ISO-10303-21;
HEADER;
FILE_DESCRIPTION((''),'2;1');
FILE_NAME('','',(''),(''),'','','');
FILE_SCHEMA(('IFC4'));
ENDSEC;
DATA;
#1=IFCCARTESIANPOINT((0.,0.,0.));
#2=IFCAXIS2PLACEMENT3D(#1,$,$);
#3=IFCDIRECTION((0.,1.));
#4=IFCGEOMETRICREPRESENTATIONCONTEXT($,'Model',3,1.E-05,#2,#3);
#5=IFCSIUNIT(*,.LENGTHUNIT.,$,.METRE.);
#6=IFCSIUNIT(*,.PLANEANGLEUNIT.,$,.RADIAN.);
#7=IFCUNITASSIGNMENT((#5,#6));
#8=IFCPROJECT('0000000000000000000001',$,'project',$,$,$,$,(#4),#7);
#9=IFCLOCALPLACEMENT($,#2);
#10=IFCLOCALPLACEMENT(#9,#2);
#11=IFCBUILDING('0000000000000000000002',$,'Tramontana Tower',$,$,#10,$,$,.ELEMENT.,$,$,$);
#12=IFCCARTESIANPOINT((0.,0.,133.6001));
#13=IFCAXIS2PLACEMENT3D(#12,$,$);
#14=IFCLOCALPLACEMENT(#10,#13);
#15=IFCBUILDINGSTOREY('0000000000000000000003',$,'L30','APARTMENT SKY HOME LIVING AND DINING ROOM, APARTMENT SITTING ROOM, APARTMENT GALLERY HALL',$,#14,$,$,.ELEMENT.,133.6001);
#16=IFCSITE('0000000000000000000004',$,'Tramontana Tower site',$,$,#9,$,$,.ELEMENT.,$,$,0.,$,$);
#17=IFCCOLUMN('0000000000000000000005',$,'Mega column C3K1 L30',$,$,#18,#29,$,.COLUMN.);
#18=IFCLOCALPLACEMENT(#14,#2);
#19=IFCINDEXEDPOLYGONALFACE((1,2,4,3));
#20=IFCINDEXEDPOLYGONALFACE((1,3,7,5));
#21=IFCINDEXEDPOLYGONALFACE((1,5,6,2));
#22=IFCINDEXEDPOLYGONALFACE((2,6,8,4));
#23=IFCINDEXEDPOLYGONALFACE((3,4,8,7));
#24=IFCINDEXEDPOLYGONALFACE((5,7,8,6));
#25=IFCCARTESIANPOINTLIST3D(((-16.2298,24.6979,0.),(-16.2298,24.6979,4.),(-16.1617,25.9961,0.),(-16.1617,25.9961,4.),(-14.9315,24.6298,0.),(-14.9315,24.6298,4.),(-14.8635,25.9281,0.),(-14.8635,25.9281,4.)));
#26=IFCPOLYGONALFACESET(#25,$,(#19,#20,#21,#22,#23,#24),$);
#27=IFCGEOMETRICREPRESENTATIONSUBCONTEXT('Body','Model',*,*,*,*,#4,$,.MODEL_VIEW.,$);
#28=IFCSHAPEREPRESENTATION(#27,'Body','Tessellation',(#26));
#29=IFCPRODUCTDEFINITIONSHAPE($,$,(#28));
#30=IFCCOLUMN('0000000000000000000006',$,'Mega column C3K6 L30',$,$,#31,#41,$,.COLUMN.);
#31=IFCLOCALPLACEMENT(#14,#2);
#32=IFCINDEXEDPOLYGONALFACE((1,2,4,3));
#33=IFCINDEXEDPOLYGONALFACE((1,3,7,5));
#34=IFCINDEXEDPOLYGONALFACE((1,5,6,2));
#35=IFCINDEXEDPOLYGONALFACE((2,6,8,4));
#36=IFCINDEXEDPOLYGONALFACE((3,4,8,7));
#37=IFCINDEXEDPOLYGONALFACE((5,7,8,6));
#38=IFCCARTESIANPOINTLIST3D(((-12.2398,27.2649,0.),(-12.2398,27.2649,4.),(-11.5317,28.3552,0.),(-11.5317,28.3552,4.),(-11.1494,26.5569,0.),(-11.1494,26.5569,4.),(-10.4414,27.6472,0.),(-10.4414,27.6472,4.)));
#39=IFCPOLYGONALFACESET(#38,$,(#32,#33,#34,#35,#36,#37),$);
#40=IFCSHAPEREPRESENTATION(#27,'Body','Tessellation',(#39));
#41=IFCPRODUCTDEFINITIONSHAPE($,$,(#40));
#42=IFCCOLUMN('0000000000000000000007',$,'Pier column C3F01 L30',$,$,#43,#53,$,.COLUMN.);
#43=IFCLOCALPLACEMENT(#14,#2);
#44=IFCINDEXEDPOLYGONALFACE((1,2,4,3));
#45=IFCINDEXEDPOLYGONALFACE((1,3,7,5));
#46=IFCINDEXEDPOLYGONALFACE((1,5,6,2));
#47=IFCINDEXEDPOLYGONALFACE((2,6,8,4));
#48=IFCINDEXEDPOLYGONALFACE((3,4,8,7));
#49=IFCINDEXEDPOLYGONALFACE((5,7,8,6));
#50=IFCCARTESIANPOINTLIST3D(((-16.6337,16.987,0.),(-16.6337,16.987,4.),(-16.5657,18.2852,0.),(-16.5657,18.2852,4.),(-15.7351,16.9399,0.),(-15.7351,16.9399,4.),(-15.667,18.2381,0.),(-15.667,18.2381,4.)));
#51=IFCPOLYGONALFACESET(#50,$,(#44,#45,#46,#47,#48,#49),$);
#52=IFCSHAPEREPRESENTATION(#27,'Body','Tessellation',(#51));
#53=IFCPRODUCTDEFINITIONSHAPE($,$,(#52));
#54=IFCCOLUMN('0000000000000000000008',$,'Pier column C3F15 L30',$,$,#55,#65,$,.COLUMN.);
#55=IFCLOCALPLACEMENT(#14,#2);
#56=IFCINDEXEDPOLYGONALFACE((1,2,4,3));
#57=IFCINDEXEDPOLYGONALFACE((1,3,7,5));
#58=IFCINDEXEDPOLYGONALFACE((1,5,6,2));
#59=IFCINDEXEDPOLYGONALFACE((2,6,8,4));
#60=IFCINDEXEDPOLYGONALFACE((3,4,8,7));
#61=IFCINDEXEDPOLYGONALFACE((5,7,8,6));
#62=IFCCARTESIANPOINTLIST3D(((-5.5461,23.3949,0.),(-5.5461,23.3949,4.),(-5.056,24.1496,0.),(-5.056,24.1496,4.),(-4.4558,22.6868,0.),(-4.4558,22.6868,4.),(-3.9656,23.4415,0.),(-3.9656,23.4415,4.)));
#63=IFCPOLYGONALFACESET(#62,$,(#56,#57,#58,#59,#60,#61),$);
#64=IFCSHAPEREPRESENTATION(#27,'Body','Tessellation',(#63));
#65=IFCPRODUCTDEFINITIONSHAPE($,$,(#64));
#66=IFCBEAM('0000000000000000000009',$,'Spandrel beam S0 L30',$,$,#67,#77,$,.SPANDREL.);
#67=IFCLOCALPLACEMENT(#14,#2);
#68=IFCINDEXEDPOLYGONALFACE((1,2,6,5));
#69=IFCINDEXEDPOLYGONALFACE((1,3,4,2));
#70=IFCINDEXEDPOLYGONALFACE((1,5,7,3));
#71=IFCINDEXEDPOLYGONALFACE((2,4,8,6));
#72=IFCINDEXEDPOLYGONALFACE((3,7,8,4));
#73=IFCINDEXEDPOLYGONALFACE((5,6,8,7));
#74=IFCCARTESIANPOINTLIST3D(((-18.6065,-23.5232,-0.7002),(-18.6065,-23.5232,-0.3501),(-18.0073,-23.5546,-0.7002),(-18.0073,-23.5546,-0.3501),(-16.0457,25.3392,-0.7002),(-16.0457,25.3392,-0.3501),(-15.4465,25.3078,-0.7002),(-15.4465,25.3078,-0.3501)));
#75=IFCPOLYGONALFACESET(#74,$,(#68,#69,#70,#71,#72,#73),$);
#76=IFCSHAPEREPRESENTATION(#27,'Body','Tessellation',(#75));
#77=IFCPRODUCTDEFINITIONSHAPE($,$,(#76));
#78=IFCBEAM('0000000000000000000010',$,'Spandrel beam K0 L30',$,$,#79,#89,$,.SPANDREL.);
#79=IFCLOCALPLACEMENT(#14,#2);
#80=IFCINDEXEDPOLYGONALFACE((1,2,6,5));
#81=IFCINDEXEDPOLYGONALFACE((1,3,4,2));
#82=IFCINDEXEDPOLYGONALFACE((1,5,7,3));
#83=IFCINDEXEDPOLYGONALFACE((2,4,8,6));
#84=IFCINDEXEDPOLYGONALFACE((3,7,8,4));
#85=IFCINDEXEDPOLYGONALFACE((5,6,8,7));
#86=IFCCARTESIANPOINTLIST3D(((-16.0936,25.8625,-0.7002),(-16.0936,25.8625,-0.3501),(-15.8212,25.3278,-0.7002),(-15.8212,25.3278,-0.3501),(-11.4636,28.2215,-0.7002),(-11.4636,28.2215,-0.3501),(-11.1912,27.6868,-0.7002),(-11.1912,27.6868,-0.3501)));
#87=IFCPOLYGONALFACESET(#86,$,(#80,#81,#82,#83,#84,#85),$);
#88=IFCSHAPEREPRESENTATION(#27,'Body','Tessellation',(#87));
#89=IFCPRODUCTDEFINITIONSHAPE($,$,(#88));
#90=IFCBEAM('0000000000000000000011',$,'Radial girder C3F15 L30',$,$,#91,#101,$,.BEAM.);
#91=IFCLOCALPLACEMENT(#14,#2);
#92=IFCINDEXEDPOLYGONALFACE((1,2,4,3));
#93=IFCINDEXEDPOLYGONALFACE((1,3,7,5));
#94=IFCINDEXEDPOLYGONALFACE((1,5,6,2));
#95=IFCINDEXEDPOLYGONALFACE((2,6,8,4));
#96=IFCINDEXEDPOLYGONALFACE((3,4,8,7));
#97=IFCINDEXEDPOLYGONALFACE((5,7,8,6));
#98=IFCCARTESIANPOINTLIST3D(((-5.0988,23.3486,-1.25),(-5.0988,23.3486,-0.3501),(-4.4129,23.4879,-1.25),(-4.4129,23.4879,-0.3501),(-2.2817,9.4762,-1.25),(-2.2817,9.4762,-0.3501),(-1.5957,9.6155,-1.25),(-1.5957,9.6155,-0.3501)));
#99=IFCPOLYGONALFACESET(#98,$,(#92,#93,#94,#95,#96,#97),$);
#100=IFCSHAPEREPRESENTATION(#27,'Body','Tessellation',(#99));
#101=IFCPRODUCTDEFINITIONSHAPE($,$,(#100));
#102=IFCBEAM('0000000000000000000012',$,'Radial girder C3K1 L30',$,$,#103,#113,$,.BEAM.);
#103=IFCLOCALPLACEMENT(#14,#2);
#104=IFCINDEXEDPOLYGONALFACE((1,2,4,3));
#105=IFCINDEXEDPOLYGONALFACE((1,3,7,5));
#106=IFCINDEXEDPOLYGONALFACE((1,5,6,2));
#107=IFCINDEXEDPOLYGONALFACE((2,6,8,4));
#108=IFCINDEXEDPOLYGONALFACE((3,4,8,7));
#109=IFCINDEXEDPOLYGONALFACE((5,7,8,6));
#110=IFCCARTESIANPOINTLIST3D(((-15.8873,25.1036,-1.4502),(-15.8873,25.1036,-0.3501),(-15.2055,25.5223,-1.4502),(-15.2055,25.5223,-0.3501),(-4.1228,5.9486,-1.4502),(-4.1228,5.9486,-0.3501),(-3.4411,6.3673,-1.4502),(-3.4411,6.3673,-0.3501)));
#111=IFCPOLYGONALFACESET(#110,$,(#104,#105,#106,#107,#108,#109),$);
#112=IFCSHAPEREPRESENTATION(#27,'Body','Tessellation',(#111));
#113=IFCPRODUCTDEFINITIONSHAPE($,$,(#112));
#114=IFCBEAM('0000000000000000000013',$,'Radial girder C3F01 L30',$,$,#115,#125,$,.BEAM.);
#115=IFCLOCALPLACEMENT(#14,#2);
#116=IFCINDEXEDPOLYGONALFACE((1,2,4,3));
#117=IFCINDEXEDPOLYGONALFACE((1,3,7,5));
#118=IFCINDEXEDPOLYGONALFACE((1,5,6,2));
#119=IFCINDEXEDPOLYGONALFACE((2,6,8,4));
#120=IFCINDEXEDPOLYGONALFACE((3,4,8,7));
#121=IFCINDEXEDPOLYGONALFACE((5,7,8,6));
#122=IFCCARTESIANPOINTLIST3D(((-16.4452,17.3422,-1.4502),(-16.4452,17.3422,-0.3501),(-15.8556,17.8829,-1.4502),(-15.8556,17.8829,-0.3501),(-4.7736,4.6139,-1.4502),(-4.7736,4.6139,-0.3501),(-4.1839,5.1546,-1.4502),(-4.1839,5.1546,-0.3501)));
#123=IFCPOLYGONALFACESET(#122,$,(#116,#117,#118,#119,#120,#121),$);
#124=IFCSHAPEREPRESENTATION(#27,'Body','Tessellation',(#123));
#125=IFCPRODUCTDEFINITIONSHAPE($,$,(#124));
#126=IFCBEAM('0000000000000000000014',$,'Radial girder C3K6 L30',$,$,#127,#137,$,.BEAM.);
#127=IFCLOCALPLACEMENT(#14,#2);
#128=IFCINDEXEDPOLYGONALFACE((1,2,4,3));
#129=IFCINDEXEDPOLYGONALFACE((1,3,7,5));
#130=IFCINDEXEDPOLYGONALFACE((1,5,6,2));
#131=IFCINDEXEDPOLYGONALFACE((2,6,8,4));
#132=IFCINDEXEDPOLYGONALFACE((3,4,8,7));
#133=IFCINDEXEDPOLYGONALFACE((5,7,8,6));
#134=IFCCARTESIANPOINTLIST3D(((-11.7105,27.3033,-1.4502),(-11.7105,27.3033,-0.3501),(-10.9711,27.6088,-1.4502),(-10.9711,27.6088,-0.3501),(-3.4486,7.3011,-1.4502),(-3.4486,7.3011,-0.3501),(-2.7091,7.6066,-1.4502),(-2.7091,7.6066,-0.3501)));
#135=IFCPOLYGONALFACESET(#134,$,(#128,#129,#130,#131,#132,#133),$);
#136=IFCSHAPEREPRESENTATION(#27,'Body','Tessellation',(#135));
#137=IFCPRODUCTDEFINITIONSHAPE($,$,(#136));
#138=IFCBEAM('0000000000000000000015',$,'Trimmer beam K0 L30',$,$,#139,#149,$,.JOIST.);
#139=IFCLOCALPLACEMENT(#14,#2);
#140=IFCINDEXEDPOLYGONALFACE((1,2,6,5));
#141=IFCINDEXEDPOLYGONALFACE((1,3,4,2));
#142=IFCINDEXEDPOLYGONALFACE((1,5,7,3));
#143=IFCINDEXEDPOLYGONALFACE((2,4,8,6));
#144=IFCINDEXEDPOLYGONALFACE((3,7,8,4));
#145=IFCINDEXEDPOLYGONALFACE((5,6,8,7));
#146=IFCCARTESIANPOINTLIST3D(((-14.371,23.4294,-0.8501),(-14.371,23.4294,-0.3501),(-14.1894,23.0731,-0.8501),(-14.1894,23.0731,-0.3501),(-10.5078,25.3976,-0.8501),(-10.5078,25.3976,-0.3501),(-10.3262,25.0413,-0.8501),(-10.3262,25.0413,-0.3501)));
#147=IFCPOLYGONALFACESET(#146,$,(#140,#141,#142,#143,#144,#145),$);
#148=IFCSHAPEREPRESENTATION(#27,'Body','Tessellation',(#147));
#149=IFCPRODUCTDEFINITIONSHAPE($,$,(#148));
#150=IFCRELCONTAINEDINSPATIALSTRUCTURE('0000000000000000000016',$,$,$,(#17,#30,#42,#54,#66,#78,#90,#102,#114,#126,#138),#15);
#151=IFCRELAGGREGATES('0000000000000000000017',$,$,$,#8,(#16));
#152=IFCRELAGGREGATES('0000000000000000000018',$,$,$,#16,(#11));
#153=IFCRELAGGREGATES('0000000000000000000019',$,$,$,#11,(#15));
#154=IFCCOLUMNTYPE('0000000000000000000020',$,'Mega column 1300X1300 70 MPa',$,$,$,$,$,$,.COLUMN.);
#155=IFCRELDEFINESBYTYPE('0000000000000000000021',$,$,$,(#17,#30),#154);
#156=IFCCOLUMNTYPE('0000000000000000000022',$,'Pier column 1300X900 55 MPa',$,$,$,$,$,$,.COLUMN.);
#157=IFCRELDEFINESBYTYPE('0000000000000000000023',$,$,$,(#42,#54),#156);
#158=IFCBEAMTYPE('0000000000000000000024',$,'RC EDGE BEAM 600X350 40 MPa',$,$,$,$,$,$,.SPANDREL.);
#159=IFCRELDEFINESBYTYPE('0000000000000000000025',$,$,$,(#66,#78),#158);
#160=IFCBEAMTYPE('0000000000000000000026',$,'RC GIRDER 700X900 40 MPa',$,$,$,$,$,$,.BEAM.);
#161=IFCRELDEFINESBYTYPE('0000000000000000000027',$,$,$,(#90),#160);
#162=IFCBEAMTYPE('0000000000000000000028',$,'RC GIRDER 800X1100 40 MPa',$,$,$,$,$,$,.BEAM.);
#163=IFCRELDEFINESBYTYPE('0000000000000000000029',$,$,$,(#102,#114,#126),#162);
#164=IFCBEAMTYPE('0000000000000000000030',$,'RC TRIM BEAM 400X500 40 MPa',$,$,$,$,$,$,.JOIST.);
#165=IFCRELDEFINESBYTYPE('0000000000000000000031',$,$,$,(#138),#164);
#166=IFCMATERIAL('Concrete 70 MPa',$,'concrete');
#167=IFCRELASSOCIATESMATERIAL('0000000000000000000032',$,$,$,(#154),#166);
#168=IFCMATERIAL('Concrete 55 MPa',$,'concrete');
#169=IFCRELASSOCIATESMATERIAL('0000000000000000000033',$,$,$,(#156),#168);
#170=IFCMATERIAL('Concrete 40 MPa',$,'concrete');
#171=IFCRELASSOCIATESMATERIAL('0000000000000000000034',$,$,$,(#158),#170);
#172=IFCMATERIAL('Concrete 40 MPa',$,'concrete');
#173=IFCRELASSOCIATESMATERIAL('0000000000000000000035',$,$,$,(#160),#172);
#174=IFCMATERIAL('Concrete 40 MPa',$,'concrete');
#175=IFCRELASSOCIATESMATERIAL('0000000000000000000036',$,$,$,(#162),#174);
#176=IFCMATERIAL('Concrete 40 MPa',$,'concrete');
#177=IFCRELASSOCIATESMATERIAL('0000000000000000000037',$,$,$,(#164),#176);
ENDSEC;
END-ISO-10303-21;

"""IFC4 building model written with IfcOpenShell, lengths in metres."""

from ifc_helpers import new_model, si_unit, direction, frame, origin, origin_2d, place, context, subcontext, project, spatial, rectangle, extrude, material, material_profile, profile_set, type_object, element, save


model = new_model("IFC4")

# Units and contexts
model_context = context("Model", 3, precision=1e-05, world=origin(), true_north=direction((0.0, 1.0)))
body_context = subcontext(model_context, "Body", "Model", "MODEL_VIEW")
ifc_project = project(units=[si_unit("LENGTHUNIT", "METRE"), si_unit("PLANEANGLEUNIT", "RADIAN")], contexts=[model_context])

# Site, building, storey
site_placement = place(None, origin())
site = spatial("IfcSite", under=ifc_project, at=site_placement, Name="Tramontana Tower site", CompositionType="ELEMENT", RefElevation=0.0)
building_placement = place(site_placement, origin())
building = spatial("IfcBuilding", under=site, at=building_placement, Name="Tramontana Tower", CompositionType="ELEMENT")
storey_placement = place(building_placement, frame((0.0, 0.0, 133.6001)))
storey = spatial("IfcBuildingStorey", under=building, at=storey_placement, Name="L30", Description="APARTMENT SKY HOME LIVING AND DINING ROOM, APARTMENT SITTING ROOM, APARTMENT GALLERY HALL", CompositionType="ELEMENT", Elevation=133.6001)

# Columns
ifc_material_1 = material(Name="Concrete 70 MPa", Category="concrete")
ifc_material_profile_1 = material_profile(ifc_material_1, rectangle(XDim=1.3, YDim=1.3, at=origin_2d()), Name="Mega column 1300X1300 70 MPa")
ifc_profile_set_1 = profile_set([ifc_material_profile_1], Name="Concrete 70 MPa")
column_type_1 = type_object("IfcColumnType", Name="Mega column 1300X1300 70 MPa", PredefinedType="COLUMN", material=ifc_profile_set_1)
for number, where, z_axis, x_axis, name in (
    (1, (-15.5466, 25.313, 0.0), (0.0, 0.0, 1.0), (-0.052336, -0.99863, 0.0), "Mega column C3K1 L30"),
    (2, (-11.3406, 27.4561, 0.0), (0.0, 0.0, 1.0), (-0.838671, 0.544639, 0.0), "Mega column C3K6 L30"),
):
    element("IfcColumn", number, at=place(storey_placement, frame(where, z_axis=z_axis, x_axis=x_axis)), inside=storey, type_object=column_type_1, Name=name, PredefinedType="COLUMN", context=body_context, shape_type="SweptSolid", body=[
        extrude(rectangle(XDim=1.3, YDim=1.3, at=origin_2d()), origin(), (0.0, 0.0, 1.0), 4.0),
    ])
ifc_material_2 = material(Name="Concrete 55 MPa", Category="concrete")
ifc_material_profile_2 = material_profile(ifc_material_2, rectangle(XDim=1.3, YDim=0.8999, at=origin_2d()), Name="Pier column 1300X900 55 MPa")
ifc_profile_set_2 = profile_set([ifc_material_profile_2], Name="Concrete 55 MPa")
column_type_2 = type_object("IfcColumnType", Name="Pier column 1300X900 55 MPa", PredefinedType="COLUMN", material=ifc_profile_set_2)
for number, where, z_axis, x_axis, name in (
    (3, (-16.1504, 17.6125, 0.0), (0.0, 0.0, 1.0), (-0.052336, -0.99863, 0.0), "Pier column C3F01 L30"),
    (4, (-4.7559, 23.4182, 0.0), (0.0, 0.0, 1.0), (-0.838671, 0.544639, 0.0), "Pier column C3F15 L30"),
):
    element("IfcColumn", number, at=place(storey_placement, frame(where, z_axis=z_axis, x_axis=x_axis)), inside=storey, type_object=column_type_2, Name=name, PredefinedType="COLUMN", context=body_context, shape_type="SweptSolid", body=[
        extrude(rectangle(XDim=1.3, YDim=0.8999, at=origin_2d()), origin(), (0.0, 0.0, 1.0), 4.0),
    ])

# Beams
ifc_material_3 = material(Name="Concrete 40 MPa", Category="concrete")
ifc_material_profile_3 = material_profile(ifc_material_3, rectangle(XDim=0.6001, YDim=0.3501, at=origin_2d()), Name="RC EDGE BEAM 600X350 40 MPa")
ifc_profile_set_3 = profile_set([ifc_material_profile_3], Name="Concrete 40 MPa")
beam_type_1 = type_object("IfcBeamType", Name="RC EDGE BEAM 600X350 40 MPa", PredefinedType="SPANDREL", material=ifc_profile_set_3)
beam_1_placement = place(storey_placement, frame((-15.7461, 25.3235, -0.5251), z_axis=(-0.052336, -0.99863, 0.0), x_axis=(0.99863, -0.052336, 0.0)))
element("IfcBeam", 5, at=beam_1_placement, inside=storey, type_object=beam_type_1, Name="Spandrel beam S0 L30", PredefinedType="SPANDREL", context=body_context, shape_type="SweptSolid", body=[
    extrude(rectangle(XDim=0.6001, YDim=0.3501, at=origin_2d()), origin(), (0.0, 0.0, 1.0), 48.9294),
])
beam_2_placement = place(storey_placement, frame((-11.3274, 27.9541, -0.5251), z_axis=(-0.891019, -0.453967, 0.0), x_axis=(0.453967, -0.891019, 0.0)))
element("IfcBeam", 6, at=beam_2_placement, inside=storey, type_object=beam_type_1, Name="Spandrel beam K0 L30", PredefinedType="SPANDREL", context=body_context, shape_type="SweptSolid", body=[
    extrude(rectangle(XDim=0.6001, YDim=0.3501, at=origin_2d()), origin(), (0.0, 0.0, 1.0), 5.1963),
])
ifc_material_4 = material(Name="Concrete 40 MPa", Category="concrete")
ifc_material_profile_4 = material_profile(ifc_material_4, rectangle(XDim=0.7, YDim=0.8999, at=origin_2d()), Name="RC GIRDER 700X900 40 MPa")
ifc_profile_set_4 = profile_set([ifc_material_profile_4], Name="Concrete 40 MPa")
beam_type_2 = type_object("IfcBeamType", Name="RC GIRDER 700X900 40 MPa", PredefinedType="BEAM", material=ifc_profile_set_4)
beam_3_placement = place(storey_placement, frame((-4.7559, 23.4182, -0.8), z_axis=(0.199014, -0.979997, 0.0), x_axis=(0.979997, 0.199014, 0.0)))
element("IfcBeam", 7, at=beam_3_placement, inside=storey, type_object=beam_type_2, Name="Radial girder C3F15 L30", PredefinedType="BEAM", context=body_context, shape_type="SweptSolid", body=[
    extrude(rectangle(XDim=0.7, YDim=0.8999, at=origin_2d()), origin(), (0.0, 0.0, 1.0), 14.1555),
])
ifc_material_5 = material(Name="Concrete 40 MPa", Category="concrete")
ifc_material_profile_5 = material_profile(ifc_material_5, rectangle(XDim=0.8, YDim=1.1001, at=origin_2d()), Name="RC GIRDER 800X1100 40 MPa")
ifc_profile_set_5 = profile_set([ifc_material_profile_5], Name="Concrete 40 MPa")
beam_type_3 = type_object("IfcBeamType", Name="RC GIRDER 800X1100 40 MPa", PredefinedType="BEAM", material=ifc_profile_set_5)
beam_4_placement = place(storey_placement, frame((-15.5464, 25.313, -0.9001), z_axis=(0.523345, -0.852121, 0.0), x_axis=(0.852121, 0.523345, 0.0)))
element("IfcBeam", 8, at=beam_4_placement, inside=storey, type_object=beam_type_3, Name="Radial girder C3K1 L30", PredefinedType="BEAM", context=body_context, shape_type="SweptSolid", body=[
    extrude(rectangle(XDim=0.8, YDim=1.1001, at=origin_2d()), origin(), (0.0, 0.0, 1.0), 22.4792),
])
beam_5_placement = place(storey_placement, frame((-16.1504, 17.6125, -0.9001), z_axis=(0.675852, -0.737037, 0.0), x_axis=(0.737037, 0.675852, 0.0)))
element("IfcBeam", 9, at=beam_5_placement, inside=storey, type_object=beam_type_3, Name="Radial girder C3F01 L30", PredefinedType="BEAM", context=body_context, shape_type="SweptSolid", body=[
    extrude(rectangle(XDim=0.8, YDim=1.1001, at=origin_2d()), origin(), (0.0, 0.0, 1.0), 17.2695),
])
beam_6_placement = place(storey_placement, frame((-11.3408, 27.4561, -0.9001), z_axis=(0.381767, -0.924258, 0.0), x_axis=(0.924258, 0.381767, 0.0)))
element("IfcBeam", 10, at=beam_6_placement, inside=storey, type_object=beam_type_3, Name="Radial girder C3K6 L30", PredefinedType="BEAM", context=body_context, shape_type="SweptSolid", body=[
    extrude(rectangle(XDim=0.8, YDim=1.1001, at=origin_2d()), origin(), (0.0, 0.0, 1.0), 21.6414),
])
ifc_material_6 = material(Name="Concrete 40 MPa", Category="concrete")
ifc_material_profile_6 = material_profile(ifc_material_6, rectangle(XDim=0.3999, YDim=0.5, at=origin_2d()), Name="RC TRIM BEAM 400X500 40 MPa")
ifc_profile_set_6 = profile_set([ifc_material_profile_6], Name="Concrete 40 MPa")
beam_type_4 = type_object("IfcBeamType", Name="RC TRIM BEAM 400X500 40 MPa", PredefinedType="JOIST", material=ifc_profile_set_6)
beam_7_placement = place(storey_placement, frame((-10.417, 25.2195, -0.6001), z_axis=(-0.891023, -0.453958, 0.0), x_axis=(0.453958, -0.891023, 0.0)))
element("IfcBeam", 11, at=beam_7_placement, inside=storey, type_object=beam_type_4, Name="Trimmer beam K0 L30", PredefinedType="JOIST", context=body_context, shape_type="SweptSolid", body=[
    extrude(rectangle(XDim=0.3999, YDim=0.5, at=origin_2d()), origin(), (0.0, 0.0, 1.0), 4.3357),
])

save(model, "model.ifc")
